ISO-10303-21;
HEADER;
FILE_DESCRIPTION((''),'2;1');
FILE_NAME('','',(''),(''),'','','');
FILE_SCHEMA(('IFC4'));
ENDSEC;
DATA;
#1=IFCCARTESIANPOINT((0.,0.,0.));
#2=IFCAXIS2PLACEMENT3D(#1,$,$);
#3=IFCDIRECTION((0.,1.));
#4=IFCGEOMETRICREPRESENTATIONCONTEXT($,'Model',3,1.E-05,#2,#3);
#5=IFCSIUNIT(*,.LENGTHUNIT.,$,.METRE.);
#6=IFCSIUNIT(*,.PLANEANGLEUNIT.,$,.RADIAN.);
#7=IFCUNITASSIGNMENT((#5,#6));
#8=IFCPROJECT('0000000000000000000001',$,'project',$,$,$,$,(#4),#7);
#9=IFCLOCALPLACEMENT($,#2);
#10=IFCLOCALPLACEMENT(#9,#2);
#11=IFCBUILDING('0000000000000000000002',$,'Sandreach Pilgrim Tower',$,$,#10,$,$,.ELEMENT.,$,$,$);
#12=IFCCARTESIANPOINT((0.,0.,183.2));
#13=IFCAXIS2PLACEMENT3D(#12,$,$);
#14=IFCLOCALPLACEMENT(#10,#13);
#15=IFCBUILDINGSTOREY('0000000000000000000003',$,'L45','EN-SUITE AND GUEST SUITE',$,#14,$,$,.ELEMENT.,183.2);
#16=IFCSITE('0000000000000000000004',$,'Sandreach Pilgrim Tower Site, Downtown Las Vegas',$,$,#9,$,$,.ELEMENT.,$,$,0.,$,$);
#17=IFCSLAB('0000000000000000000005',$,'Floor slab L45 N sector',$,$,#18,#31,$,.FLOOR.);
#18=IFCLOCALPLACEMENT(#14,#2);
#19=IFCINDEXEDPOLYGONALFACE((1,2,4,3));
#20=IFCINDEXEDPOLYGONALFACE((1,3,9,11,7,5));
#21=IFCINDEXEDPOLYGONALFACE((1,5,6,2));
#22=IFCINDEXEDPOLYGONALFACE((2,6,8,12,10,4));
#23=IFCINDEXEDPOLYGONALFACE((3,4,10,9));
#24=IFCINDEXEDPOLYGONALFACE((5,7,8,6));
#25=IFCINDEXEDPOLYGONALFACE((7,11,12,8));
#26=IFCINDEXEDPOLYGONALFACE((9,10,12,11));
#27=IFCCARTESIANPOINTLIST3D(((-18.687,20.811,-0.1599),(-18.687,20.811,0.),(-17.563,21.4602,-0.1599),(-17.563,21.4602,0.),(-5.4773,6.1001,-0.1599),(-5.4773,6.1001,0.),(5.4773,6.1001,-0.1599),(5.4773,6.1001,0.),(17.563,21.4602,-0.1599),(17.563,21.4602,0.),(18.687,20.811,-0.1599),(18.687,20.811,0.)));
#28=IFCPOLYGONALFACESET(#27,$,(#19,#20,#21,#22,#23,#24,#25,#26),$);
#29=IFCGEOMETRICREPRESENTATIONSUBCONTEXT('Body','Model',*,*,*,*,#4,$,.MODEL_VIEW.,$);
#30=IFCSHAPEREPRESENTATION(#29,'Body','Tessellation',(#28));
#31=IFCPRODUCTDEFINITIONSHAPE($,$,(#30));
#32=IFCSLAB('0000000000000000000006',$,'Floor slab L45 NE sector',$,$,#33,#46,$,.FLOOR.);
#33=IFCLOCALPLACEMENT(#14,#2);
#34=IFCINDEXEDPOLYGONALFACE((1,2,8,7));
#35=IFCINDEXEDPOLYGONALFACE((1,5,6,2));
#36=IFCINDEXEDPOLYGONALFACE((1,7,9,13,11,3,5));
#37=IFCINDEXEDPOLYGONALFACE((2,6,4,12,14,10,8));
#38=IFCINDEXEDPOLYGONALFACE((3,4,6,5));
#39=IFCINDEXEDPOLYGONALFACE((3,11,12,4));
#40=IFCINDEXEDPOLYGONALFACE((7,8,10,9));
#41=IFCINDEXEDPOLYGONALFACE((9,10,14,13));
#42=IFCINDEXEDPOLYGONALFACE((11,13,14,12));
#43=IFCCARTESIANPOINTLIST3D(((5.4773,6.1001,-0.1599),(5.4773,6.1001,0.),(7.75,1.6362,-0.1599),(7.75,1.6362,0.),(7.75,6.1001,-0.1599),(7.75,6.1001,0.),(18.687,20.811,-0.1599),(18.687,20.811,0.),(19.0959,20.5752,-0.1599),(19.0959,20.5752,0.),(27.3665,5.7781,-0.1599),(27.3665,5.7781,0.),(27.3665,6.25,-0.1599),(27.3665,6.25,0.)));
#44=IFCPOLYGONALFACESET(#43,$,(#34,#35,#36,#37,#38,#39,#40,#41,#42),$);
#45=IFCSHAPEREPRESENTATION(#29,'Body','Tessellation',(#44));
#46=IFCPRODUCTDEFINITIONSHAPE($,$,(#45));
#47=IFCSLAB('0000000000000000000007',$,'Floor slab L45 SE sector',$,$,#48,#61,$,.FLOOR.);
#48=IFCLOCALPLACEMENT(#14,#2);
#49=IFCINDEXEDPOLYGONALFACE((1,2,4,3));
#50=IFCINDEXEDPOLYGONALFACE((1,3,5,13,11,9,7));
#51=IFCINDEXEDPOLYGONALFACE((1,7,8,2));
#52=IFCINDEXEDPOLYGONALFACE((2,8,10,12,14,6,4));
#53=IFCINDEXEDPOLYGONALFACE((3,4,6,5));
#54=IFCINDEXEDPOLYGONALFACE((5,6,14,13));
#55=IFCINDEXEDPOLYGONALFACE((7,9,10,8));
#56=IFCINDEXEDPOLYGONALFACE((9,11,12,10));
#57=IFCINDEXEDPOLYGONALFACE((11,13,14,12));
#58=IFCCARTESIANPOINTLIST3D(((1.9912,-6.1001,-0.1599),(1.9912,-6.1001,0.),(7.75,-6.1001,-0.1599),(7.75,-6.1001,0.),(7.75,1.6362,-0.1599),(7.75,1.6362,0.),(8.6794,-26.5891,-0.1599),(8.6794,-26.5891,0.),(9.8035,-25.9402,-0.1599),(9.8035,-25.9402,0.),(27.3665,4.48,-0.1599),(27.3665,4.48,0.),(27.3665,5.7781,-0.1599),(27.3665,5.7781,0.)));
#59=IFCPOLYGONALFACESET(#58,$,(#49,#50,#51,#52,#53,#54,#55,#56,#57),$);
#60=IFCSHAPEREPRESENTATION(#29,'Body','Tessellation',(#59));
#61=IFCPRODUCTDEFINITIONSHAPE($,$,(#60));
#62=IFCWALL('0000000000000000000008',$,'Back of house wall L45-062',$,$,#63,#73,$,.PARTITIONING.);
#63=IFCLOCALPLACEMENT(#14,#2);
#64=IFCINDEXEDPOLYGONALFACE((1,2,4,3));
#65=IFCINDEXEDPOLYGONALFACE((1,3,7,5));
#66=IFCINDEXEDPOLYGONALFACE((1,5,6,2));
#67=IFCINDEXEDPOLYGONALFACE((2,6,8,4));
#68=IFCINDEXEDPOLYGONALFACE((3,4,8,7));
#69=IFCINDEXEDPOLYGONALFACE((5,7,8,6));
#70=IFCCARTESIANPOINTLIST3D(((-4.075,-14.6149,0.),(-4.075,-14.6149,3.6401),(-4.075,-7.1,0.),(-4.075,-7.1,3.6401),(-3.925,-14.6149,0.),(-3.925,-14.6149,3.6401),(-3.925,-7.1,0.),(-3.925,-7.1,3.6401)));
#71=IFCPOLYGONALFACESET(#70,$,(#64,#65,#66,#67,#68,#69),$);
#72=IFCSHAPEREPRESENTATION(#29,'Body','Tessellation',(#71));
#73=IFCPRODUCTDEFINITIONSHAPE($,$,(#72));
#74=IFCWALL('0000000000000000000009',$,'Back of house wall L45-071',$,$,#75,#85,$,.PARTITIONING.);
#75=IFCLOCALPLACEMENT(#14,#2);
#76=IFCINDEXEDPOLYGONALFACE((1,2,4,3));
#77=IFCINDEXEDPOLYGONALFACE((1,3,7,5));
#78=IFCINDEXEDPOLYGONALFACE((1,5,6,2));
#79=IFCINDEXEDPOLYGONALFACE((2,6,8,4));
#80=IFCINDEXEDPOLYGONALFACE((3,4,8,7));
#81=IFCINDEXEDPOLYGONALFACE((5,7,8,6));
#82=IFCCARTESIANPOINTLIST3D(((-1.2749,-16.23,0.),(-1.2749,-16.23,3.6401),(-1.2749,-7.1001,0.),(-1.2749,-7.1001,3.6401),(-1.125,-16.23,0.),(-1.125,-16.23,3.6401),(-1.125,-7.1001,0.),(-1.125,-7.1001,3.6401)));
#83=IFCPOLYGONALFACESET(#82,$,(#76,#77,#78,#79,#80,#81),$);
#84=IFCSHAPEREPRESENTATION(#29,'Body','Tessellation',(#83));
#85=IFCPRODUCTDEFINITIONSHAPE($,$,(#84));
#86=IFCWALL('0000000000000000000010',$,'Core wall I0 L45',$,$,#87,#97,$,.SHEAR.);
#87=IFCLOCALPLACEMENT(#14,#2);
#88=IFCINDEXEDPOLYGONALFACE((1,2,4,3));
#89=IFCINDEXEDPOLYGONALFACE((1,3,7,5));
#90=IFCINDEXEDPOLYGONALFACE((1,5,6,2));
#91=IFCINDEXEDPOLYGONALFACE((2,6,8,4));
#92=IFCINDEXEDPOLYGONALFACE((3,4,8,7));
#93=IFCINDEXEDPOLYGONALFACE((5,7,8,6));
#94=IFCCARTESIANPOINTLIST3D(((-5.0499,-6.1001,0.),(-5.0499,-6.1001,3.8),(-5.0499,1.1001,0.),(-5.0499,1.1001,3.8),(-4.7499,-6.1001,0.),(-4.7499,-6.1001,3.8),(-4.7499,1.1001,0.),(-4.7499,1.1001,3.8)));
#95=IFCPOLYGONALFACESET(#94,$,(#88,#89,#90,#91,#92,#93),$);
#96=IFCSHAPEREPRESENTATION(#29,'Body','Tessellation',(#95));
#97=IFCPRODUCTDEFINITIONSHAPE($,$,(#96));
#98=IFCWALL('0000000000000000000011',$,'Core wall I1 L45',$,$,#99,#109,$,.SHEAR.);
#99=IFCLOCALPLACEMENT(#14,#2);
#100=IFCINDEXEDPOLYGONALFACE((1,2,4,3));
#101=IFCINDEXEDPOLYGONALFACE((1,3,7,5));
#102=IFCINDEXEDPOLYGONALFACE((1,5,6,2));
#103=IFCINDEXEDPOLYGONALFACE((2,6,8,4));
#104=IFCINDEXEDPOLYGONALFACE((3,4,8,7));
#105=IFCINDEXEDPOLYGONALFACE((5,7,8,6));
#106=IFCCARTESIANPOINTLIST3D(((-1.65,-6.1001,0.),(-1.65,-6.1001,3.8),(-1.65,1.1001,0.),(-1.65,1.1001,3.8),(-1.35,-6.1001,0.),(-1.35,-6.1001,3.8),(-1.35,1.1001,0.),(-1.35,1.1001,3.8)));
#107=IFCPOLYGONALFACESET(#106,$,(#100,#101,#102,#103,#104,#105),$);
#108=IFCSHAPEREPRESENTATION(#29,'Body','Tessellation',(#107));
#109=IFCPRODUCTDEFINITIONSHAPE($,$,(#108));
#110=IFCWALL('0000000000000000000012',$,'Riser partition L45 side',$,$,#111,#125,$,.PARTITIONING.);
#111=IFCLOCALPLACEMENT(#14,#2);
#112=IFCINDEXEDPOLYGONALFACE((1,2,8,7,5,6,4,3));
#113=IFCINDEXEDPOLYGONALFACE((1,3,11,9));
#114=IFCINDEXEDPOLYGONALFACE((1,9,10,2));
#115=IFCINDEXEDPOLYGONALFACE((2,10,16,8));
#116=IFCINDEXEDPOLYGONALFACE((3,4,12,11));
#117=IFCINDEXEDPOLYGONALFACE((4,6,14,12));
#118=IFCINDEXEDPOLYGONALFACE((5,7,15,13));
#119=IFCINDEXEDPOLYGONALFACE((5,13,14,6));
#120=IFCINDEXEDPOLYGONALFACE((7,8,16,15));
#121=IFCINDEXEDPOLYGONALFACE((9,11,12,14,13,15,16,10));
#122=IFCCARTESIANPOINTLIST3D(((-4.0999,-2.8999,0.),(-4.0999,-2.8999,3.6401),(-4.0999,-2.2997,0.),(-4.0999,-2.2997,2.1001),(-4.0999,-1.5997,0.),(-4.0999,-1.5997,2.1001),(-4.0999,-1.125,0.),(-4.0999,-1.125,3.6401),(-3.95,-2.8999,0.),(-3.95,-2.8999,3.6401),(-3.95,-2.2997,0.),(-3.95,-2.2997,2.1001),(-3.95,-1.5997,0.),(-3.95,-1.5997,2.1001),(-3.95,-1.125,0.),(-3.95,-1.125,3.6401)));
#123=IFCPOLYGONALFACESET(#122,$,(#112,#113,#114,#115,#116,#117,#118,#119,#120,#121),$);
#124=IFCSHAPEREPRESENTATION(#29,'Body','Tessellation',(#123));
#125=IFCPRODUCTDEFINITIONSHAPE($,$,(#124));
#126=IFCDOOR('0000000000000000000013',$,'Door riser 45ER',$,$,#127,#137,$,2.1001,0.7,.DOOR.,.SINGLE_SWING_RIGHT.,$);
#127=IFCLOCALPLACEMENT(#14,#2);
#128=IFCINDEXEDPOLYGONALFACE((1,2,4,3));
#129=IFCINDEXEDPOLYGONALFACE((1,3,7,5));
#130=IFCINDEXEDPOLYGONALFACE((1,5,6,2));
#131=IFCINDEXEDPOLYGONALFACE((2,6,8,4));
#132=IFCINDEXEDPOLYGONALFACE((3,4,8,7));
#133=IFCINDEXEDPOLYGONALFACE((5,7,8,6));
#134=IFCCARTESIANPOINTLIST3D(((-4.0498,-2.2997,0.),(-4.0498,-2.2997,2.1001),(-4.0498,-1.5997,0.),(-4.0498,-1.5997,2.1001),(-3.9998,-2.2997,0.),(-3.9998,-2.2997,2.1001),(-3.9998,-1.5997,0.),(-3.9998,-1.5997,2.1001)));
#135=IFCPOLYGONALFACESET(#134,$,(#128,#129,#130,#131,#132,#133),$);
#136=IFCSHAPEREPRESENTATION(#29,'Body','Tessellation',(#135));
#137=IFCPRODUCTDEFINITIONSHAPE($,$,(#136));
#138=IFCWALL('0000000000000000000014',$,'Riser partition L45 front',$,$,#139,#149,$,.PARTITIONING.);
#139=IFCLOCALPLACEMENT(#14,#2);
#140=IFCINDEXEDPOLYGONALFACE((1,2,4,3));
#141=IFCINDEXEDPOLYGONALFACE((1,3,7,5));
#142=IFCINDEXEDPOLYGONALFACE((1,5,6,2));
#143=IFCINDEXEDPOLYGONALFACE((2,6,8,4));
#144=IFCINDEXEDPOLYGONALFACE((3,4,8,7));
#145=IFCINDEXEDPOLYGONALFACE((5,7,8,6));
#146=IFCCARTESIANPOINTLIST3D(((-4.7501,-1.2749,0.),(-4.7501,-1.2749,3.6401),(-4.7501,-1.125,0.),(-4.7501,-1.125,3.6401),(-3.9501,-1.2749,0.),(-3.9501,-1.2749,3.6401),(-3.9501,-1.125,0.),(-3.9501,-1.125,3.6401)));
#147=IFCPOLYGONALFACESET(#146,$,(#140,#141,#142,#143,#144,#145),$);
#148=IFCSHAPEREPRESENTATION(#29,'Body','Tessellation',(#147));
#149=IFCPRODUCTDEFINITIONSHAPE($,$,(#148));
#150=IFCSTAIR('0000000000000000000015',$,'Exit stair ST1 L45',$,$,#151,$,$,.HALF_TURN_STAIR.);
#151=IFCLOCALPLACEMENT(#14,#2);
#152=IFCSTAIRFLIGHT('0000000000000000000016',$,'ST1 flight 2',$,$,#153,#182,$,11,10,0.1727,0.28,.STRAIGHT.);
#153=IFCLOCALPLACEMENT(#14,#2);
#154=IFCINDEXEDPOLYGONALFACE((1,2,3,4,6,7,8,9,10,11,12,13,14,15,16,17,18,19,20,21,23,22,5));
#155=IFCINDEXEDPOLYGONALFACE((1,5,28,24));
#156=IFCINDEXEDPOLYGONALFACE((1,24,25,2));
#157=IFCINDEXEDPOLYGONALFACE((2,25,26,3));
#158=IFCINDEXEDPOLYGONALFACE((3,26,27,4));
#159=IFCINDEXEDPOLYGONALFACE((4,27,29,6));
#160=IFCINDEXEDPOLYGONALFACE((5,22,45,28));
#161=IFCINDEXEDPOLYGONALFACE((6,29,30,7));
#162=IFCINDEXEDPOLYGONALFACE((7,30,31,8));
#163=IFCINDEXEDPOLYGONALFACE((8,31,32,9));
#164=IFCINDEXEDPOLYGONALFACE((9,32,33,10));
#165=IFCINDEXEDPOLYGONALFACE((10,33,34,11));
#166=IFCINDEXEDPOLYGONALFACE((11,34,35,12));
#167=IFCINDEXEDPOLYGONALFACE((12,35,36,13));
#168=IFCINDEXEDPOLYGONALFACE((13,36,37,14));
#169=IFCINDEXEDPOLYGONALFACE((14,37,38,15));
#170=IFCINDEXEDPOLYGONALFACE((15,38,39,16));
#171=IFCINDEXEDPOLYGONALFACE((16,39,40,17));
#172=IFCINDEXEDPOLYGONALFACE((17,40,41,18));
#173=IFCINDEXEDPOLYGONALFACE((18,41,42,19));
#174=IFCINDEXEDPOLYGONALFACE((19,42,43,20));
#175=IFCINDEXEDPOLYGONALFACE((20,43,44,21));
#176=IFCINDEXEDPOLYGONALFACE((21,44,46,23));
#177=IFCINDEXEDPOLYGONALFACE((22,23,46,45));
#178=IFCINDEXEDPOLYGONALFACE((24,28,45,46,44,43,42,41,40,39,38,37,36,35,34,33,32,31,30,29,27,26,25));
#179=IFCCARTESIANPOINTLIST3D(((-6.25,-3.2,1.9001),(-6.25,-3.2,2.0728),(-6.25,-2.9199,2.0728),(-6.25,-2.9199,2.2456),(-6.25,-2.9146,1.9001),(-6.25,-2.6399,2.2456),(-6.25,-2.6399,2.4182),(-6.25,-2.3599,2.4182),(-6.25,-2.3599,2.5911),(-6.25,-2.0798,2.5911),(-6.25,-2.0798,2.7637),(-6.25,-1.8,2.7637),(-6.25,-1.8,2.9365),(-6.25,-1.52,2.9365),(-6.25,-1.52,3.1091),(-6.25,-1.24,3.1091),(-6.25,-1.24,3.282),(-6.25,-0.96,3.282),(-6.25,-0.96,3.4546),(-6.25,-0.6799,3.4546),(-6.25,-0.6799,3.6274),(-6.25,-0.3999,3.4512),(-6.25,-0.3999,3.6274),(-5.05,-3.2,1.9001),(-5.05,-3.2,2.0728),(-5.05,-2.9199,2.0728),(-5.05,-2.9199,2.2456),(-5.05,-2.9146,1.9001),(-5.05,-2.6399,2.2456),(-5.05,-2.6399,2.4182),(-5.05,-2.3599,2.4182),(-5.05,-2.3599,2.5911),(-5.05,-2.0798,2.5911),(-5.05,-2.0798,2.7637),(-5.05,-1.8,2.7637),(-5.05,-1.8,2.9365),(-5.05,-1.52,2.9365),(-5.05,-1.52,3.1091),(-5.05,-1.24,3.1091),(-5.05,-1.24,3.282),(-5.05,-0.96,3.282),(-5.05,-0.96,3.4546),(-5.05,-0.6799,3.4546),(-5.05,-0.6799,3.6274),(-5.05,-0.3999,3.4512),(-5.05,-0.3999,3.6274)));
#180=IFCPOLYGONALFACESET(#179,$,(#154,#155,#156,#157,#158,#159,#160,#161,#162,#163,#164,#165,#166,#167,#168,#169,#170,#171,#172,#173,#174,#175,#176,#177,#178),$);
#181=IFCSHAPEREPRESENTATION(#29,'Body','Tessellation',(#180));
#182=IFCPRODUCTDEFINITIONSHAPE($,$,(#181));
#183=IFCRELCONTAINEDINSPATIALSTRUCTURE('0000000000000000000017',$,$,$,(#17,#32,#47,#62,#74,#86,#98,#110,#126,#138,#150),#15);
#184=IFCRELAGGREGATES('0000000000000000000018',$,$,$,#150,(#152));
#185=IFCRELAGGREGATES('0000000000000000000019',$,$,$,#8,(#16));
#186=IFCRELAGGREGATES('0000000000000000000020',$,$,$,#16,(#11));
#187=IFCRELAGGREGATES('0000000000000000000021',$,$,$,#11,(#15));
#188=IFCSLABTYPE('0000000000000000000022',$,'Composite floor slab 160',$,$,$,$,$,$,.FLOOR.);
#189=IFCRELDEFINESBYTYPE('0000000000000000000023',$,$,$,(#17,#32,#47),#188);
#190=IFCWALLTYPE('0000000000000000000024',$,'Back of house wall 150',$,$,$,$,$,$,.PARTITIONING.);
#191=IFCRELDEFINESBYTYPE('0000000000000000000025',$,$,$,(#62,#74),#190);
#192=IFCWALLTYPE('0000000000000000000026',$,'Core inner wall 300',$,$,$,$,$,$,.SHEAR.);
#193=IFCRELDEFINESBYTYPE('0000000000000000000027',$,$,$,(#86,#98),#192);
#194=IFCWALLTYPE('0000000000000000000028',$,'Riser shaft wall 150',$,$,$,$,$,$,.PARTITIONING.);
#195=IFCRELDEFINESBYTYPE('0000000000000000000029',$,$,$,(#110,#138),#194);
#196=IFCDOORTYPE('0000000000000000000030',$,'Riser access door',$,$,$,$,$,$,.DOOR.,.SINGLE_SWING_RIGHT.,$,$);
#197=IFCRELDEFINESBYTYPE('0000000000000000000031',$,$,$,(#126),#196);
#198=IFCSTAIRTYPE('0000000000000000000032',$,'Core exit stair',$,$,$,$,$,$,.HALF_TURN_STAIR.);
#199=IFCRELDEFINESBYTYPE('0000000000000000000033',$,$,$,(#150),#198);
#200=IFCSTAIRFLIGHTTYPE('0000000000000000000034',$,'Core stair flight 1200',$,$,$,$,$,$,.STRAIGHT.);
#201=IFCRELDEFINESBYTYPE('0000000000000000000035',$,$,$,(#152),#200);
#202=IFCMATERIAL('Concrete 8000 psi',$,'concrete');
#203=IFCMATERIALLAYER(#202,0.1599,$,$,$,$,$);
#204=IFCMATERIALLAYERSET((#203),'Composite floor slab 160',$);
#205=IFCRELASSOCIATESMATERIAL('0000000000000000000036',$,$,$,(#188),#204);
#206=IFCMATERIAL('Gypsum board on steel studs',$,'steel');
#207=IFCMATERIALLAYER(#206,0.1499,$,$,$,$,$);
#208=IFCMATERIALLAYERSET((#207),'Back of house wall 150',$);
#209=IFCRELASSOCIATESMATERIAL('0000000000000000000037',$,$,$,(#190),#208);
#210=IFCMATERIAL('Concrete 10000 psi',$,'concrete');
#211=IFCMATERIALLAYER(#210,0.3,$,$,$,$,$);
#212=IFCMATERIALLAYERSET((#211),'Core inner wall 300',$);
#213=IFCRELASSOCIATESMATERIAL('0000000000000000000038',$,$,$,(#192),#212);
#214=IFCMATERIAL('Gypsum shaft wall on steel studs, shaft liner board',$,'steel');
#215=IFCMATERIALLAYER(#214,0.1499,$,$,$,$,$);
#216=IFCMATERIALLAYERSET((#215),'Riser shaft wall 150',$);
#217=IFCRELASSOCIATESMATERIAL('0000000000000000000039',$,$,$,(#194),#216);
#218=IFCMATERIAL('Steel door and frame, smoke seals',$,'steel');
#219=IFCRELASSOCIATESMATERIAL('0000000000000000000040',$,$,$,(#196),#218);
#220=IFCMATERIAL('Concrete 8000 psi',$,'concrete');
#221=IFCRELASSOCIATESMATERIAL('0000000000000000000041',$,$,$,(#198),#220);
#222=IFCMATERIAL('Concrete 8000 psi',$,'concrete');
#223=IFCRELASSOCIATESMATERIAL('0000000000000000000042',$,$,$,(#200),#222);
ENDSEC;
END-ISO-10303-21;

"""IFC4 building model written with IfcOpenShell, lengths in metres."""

from ifc_helpers import new_model, si_unit, direction, frame, frame_2d, origin, place, context, subcontext, project, spatial, polyline, rectangle, outline, extrude, material, layer, layer_set, type_object, element, fill, aggregate, save


model = new_model("IFC4")

# Units and contexts
model_context = context("Model", 3, precision=1e-05, world=origin(), true_north=direction((0.0, 1.0)))
body_context = subcontext(model_context, "Body", "Model", "MODEL_VIEW")
ifc_project = project(units=[si_unit("LENGTHUNIT", "METRE"), si_unit("PLANEANGLEUNIT", "RADIAN")], contexts=[model_context])

# Site, building, storey
site_placement = place(None, origin())
site = spatial("IfcSite", under=ifc_project, at=site_placement, Name="Sandreach Pilgrim Tower Site, Downtown Las Vegas", CompositionType="ELEMENT", RefElevation=0.0)
building_placement = place(site_placement, origin())
building = spatial("IfcBuilding", under=site, at=building_placement, Name="Sandreach Pilgrim Tower", CompositionType="ELEMENT")
storey_placement = place(building_placement, frame((0.0, 0.0, 183.2)))
storey = spatial("IfcBuildingStorey", under=building, at=storey_placement, Name="L45", Description="EN-SUITE AND GUEST SUITE", CompositionType="ELEMENT", Elevation=183.2)

# Slabs
ifc_material_1 = material(Name="Concrete 8000 psi", Category="concrete")
ifc_layer_1 = layer(ifc_material_1, 0.1599)
ifc_layer_set_1 = layer_set([ifc_layer_1], Name="Composite floor slab 160")
slab_type = type_object("IfcSlabType", Name="Composite floor slab 160", PredefinedType="FLOOR", material=ifc_layer_set_1)
slab_1_placement = place(storey_placement, frame((0.0, 0.0, -0.1599)))
element("IfcSlab", 1, at=slab_1_placement, inside=storey, type_object=slab_type, Name="Floor slab L45 N sector", PredefinedType="FLOOR", context=body_context, shape_type="SweptSolid", body=[
    extrude(outline(polyline([(-17.563, 21.4602), (17.563, 21.4602), (18.687, 20.811), (5.4773, 6.1001), (-5.4773, 6.1001), (-18.687, 20.811), (-17.563, 21.4602)])), origin(), (0.0, 0.0, 1.0), 0.1599),
])
slab_2_placement = place(storey_placement, frame((0.0, 0.0, -0.1599)))
element("IfcSlab", 2, at=slab_2_placement, inside=storey, type_object=slab_type, Name="Floor slab L45 NE sector", PredefinedType="FLOOR", context=body_context, shape_type="SweptSolid", body=[
    extrude(outline(polyline([(19.0959, 20.5752), (27.3665, 6.25), (27.3665, 5.7781), (7.75, 1.6362), (7.75, 6.1001), (5.4773, 6.1001), (18.687, 20.811), (19.0959, 20.5752)])), origin(), (0.0, 0.0, 1.0), 0.1599),
])
slab_3_placement = place(storey_placement, frame((0.0, 0.0, -0.1599)))
element("IfcSlab", 3, at=slab_3_placement, inside=storey, type_object=slab_type, Name="Floor slab L45 SE sector", PredefinedType="FLOOR", context=body_context, shape_type="SweptSolid", body=[
    extrude(outline(polyline([(27.3665, 4.48), (9.8035, -25.9402), (8.6794, -26.5891), (1.9912, -6.1001), (7.75, -6.1001), (7.75, 1.6362), (27.3665, 5.7781), (27.3665, 4.48)])), origin(), (0.0, 0.0, 1.0), 0.1599),
])

# Walls
ifc_material_2 = material(Name="Gypsum board on steel studs", Category="steel")
ifc_layer_2 = layer(ifc_material_2, 0.1499)
ifc_layer_set_2 = layer_set([ifc_layer_2], Name="Back of house wall 150")
wall_type_1 = type_object("IfcWallType", Name="Back of house wall 150", PredefinedType="PARTITIONING", material=ifc_layer_set_2)
wall_1_placement = place(storey_placement, frame((-4.0, -7.1001, 0.0), z_axis=(0.0, 0.0, 1.0), x_axis=(0.0, -1.0, 0.0)))
element("IfcWall", 4, at=wall_1_placement, inside=storey, type_object=wall_type_1, Name="Back of house wall L45-062", PredefinedType="PARTITIONING", context=body_context, shape_type="SweptSolid", body=[
    extrude(rectangle(XDim=7.5149, YDim=0.1499, at=frame_2d((3.7573, 0.0))), origin(), (0.0, 0.0, 1.0), 3.6401),
])
wall_2_placement = place(storey_placement, frame((-1.2, -7.1001, 0.0), z_axis=(0.0, 0.0, 1.0), x_axis=(0.0, -1.0, 0.0)))
element("IfcWall", 5, at=wall_2_placement, inside=storey, type_object=wall_type_1, Name="Back of house wall L45-071", PredefinedType="PARTITIONING", context=body_context, shape_type="SweptSolid", body=[
    extrude(rectangle(XDim=9.1299, YDim=0.1499, at=frame_2d((4.5649, 0.0))), origin(), (0.0, 0.0, 1.0), 3.6401),
])
ifc_material_3 = material(Name="Concrete 10000 psi", Category="concrete")
ifc_layer_3 = layer(ifc_material_3, 0.3)
ifc_layer_set_3 = layer_set([ifc_layer_3], Name="Core inner wall 300")
wall_type_2 = type_object("IfcWallType", Name="Core inner wall 300", PredefinedType="SHEAR", material=ifc_layer_set_3)
for number, where, z_axis, x_axis, name in (
    (6, (-4.8999, -6.1001, 0.0), (0.0, 0.0, 1.0), (0.0, 1.0, 0.0), "Core wall I0 L45"),
    (7, (-1.5, -6.1001, 0.0), (0.0, 0.0, 1.0), (0.0, 1.0, 0.0), "Core wall I1 L45"),
):
    element("IfcWall", number, at=place(storey_placement, frame(where, z_axis=z_axis, x_axis=x_axis)), inside=storey, type_object=wall_type_2, Name=name, PredefinedType="SHEAR", context=body_context, shape_type="SweptSolid", body=[
        extrude(rectangle(XDim=7.2002, YDim=0.3, at=frame_2d((3.6001, 0.0))), origin(), (0.0, 0.0, 1.0), 3.8),
    ])

# Wall, opening, door
ifc_material_4 = material(Name="Gypsum shaft wall on steel studs, shaft liner board", Category="steel")
ifc_layer_4 = layer(ifc_material_4, 0.1499)
ifc_layer_set_4 = layer_set([ifc_layer_4], Name="Riser shaft wall 150")
wall_type_3 = type_object("IfcWallType", Name="Riser shaft wall 150", PredefinedType="PARTITIONING", material=ifc_layer_set_4)
wall_3_placement = place(storey_placement, frame((-4.0249, -2.8999, 0.0), z_axis=(0.0, 0.0, 1.0), x_axis=(0.0, 1.0, 0.0)))
wall_3 = element("IfcWall", 8, at=wall_3_placement, inside=storey, type_object=wall_type_3, Name="Riser partition L45 side", PredefinedType="PARTITIONING", context=body_context, shape_type="SweptSolid", body=[
    extrude(rectangle(XDim=1.7749, YDim=0.1499, at=frame_2d((0.8875, 0.0))), origin(), (0.0, 0.0, 1.0), 3.6401),
])
opening_1_placement = place(wall_3_placement, frame((0.6001, 0.0, 0.0)))
opening_1 = element("IfcOpeningElement", 9, at=opening_1_placement, cuts=wall_3, PredefinedType="OPENING", context=body_context, shape_type="SweptSolid", body=[
    extrude(rectangle(XDim=0.7, YDim=2.1001, at=frame_2d((0.3501, 1.05))), frame((0.0, 0.075, 0.0), z_axis=(0.0, -1.0, 0.0), x_axis=(1.0, 0.0, 0.0)), (0.0, 0.0, 1.0), 0.1499),
])
ifc_material_5 = material(Name="Steel door and frame, smoke seals", Category="steel")
door_type_1 = type_object("IfcDoorType", Name="Riser access door", OperationType="SINGLE_SWING_RIGHT", PredefinedType="DOOR", material=ifc_material_5)
door_1_placement = place(opening_1_placement, origin())
door_1 = element("IfcDoor", 10, at=door_1_placement, inside=storey, type_object=door_type_1, Name="Door riser 45ER", OperationType="SINGLE_SWING_RIGHT", OverallHeight=2.1001, OverallWidth=0.7, PredefinedType="DOOR", context=body_context, shape_type="SweptSolid", body=[
    extrude(rectangle(XDim=0.7, YDim=2.1001, at=frame_2d((0.3501, 1.05))), frame((0.0, 0.0249, 0.0), z_axis=(0.0, -1.0, 0.0), x_axis=(1.0, 0.0, 0.0)), (0.0, 0.0, 1.0), 0.05),
])
fill(opening_1, door_1)

# Wall
wall_4_placement = place(storey_placement, frame((-4.75, -1.2, 0.0), z_axis=(0.0, 0.0, 1.0), x_axis=(1.0, 0.0, 0.0)))
element("IfcWall", 11, at=wall_4_placement, inside=storey, type_object=wall_type_3, Name="Riser partition L45 front", PredefinedType="PARTITIONING", context=body_context, shape_type="SweptSolid", body=[
    extrude(rectangle(XDim=0.8, YDim=0.1499, at=frame_2d((0.3999, 0.0))), origin(), (0.0, 0.0, 1.0), 3.6401),
])

# Stair, stair flight
ifc_material_6 = material(Name="Concrete 8000 psi", Category="concrete")
stair_type = type_object("IfcStairType", Name="Core exit stair", PredefinedType="HALF_TURN_STAIR", material=ifc_material_6)
stair_1_placement = place(storey_placement, origin())
stair_1 = element("IfcStair", 12, at=stair_1_placement, inside=storey, type_object=stair_type, Name="Exit stair ST1 L45", PredefinedType="HALF_TURN_STAIR")
ifc_material_7 = material(Name="Concrete 8000 psi", Category="concrete")
stair_flight_type = type_object("IfcStairFlightType", Name="Core stair flight 1200", PredefinedType="STRAIGHT", material=ifc_material_7)
stair_flight_1_placement = place(storey_placement, frame((-5.6499, -3.2, 1.9001), z_axis=(0.0, 0.0, 1.0), x_axis=(0.0, 1.0, 0.0)))
stair_flight_1 = element("IfcStairFlight", 13, at=stair_flight_1_placement, type_object=stair_flight_type, Name="ST1 flight 2", NumberOfRisers=11, NumberOfTreads=10, PredefinedType="STRAIGHT", RiserHeight=0.1727, TreadLength=0.28, context=body_context, shape_type="SweptSolid", body=[
    extrude(outline(polyline([(0.0, 0.0), (0.0, 0.1726), (0.28, 0.1726), (0.28, 0.3455), (0.5601, 0.3455), (0.5601, 0.5181), (0.8401, 0.5181), (0.8401, 0.6909), (1.1201, 0.6909), (1.1201, 0.8635), (1.3999, 0.8635), (1.3999, 1.0364), (1.6799, 1.0364), (1.6799, 1.209), (1.96, 1.209), (1.96, 1.3818), (2.24, 1.3818), (2.24, 1.5544), (2.52, 1.5544), (2.52, 1.7273), (2.8, 1.7273), (2.8, 1.8999), (2.8, 1.551), (0.2854, 0.0), (0.0, 0.0)])), frame((0.0, 0.6001, 0.0), z_axis=(0.0, -1.0, 0.0), x_axis=(1.0, 0.0, 0.0)), (0.0, 0.0, 1.0), 1.2),
])
aggregate(stair_1, [stair_flight_1])

save(model, "model.ifc")
